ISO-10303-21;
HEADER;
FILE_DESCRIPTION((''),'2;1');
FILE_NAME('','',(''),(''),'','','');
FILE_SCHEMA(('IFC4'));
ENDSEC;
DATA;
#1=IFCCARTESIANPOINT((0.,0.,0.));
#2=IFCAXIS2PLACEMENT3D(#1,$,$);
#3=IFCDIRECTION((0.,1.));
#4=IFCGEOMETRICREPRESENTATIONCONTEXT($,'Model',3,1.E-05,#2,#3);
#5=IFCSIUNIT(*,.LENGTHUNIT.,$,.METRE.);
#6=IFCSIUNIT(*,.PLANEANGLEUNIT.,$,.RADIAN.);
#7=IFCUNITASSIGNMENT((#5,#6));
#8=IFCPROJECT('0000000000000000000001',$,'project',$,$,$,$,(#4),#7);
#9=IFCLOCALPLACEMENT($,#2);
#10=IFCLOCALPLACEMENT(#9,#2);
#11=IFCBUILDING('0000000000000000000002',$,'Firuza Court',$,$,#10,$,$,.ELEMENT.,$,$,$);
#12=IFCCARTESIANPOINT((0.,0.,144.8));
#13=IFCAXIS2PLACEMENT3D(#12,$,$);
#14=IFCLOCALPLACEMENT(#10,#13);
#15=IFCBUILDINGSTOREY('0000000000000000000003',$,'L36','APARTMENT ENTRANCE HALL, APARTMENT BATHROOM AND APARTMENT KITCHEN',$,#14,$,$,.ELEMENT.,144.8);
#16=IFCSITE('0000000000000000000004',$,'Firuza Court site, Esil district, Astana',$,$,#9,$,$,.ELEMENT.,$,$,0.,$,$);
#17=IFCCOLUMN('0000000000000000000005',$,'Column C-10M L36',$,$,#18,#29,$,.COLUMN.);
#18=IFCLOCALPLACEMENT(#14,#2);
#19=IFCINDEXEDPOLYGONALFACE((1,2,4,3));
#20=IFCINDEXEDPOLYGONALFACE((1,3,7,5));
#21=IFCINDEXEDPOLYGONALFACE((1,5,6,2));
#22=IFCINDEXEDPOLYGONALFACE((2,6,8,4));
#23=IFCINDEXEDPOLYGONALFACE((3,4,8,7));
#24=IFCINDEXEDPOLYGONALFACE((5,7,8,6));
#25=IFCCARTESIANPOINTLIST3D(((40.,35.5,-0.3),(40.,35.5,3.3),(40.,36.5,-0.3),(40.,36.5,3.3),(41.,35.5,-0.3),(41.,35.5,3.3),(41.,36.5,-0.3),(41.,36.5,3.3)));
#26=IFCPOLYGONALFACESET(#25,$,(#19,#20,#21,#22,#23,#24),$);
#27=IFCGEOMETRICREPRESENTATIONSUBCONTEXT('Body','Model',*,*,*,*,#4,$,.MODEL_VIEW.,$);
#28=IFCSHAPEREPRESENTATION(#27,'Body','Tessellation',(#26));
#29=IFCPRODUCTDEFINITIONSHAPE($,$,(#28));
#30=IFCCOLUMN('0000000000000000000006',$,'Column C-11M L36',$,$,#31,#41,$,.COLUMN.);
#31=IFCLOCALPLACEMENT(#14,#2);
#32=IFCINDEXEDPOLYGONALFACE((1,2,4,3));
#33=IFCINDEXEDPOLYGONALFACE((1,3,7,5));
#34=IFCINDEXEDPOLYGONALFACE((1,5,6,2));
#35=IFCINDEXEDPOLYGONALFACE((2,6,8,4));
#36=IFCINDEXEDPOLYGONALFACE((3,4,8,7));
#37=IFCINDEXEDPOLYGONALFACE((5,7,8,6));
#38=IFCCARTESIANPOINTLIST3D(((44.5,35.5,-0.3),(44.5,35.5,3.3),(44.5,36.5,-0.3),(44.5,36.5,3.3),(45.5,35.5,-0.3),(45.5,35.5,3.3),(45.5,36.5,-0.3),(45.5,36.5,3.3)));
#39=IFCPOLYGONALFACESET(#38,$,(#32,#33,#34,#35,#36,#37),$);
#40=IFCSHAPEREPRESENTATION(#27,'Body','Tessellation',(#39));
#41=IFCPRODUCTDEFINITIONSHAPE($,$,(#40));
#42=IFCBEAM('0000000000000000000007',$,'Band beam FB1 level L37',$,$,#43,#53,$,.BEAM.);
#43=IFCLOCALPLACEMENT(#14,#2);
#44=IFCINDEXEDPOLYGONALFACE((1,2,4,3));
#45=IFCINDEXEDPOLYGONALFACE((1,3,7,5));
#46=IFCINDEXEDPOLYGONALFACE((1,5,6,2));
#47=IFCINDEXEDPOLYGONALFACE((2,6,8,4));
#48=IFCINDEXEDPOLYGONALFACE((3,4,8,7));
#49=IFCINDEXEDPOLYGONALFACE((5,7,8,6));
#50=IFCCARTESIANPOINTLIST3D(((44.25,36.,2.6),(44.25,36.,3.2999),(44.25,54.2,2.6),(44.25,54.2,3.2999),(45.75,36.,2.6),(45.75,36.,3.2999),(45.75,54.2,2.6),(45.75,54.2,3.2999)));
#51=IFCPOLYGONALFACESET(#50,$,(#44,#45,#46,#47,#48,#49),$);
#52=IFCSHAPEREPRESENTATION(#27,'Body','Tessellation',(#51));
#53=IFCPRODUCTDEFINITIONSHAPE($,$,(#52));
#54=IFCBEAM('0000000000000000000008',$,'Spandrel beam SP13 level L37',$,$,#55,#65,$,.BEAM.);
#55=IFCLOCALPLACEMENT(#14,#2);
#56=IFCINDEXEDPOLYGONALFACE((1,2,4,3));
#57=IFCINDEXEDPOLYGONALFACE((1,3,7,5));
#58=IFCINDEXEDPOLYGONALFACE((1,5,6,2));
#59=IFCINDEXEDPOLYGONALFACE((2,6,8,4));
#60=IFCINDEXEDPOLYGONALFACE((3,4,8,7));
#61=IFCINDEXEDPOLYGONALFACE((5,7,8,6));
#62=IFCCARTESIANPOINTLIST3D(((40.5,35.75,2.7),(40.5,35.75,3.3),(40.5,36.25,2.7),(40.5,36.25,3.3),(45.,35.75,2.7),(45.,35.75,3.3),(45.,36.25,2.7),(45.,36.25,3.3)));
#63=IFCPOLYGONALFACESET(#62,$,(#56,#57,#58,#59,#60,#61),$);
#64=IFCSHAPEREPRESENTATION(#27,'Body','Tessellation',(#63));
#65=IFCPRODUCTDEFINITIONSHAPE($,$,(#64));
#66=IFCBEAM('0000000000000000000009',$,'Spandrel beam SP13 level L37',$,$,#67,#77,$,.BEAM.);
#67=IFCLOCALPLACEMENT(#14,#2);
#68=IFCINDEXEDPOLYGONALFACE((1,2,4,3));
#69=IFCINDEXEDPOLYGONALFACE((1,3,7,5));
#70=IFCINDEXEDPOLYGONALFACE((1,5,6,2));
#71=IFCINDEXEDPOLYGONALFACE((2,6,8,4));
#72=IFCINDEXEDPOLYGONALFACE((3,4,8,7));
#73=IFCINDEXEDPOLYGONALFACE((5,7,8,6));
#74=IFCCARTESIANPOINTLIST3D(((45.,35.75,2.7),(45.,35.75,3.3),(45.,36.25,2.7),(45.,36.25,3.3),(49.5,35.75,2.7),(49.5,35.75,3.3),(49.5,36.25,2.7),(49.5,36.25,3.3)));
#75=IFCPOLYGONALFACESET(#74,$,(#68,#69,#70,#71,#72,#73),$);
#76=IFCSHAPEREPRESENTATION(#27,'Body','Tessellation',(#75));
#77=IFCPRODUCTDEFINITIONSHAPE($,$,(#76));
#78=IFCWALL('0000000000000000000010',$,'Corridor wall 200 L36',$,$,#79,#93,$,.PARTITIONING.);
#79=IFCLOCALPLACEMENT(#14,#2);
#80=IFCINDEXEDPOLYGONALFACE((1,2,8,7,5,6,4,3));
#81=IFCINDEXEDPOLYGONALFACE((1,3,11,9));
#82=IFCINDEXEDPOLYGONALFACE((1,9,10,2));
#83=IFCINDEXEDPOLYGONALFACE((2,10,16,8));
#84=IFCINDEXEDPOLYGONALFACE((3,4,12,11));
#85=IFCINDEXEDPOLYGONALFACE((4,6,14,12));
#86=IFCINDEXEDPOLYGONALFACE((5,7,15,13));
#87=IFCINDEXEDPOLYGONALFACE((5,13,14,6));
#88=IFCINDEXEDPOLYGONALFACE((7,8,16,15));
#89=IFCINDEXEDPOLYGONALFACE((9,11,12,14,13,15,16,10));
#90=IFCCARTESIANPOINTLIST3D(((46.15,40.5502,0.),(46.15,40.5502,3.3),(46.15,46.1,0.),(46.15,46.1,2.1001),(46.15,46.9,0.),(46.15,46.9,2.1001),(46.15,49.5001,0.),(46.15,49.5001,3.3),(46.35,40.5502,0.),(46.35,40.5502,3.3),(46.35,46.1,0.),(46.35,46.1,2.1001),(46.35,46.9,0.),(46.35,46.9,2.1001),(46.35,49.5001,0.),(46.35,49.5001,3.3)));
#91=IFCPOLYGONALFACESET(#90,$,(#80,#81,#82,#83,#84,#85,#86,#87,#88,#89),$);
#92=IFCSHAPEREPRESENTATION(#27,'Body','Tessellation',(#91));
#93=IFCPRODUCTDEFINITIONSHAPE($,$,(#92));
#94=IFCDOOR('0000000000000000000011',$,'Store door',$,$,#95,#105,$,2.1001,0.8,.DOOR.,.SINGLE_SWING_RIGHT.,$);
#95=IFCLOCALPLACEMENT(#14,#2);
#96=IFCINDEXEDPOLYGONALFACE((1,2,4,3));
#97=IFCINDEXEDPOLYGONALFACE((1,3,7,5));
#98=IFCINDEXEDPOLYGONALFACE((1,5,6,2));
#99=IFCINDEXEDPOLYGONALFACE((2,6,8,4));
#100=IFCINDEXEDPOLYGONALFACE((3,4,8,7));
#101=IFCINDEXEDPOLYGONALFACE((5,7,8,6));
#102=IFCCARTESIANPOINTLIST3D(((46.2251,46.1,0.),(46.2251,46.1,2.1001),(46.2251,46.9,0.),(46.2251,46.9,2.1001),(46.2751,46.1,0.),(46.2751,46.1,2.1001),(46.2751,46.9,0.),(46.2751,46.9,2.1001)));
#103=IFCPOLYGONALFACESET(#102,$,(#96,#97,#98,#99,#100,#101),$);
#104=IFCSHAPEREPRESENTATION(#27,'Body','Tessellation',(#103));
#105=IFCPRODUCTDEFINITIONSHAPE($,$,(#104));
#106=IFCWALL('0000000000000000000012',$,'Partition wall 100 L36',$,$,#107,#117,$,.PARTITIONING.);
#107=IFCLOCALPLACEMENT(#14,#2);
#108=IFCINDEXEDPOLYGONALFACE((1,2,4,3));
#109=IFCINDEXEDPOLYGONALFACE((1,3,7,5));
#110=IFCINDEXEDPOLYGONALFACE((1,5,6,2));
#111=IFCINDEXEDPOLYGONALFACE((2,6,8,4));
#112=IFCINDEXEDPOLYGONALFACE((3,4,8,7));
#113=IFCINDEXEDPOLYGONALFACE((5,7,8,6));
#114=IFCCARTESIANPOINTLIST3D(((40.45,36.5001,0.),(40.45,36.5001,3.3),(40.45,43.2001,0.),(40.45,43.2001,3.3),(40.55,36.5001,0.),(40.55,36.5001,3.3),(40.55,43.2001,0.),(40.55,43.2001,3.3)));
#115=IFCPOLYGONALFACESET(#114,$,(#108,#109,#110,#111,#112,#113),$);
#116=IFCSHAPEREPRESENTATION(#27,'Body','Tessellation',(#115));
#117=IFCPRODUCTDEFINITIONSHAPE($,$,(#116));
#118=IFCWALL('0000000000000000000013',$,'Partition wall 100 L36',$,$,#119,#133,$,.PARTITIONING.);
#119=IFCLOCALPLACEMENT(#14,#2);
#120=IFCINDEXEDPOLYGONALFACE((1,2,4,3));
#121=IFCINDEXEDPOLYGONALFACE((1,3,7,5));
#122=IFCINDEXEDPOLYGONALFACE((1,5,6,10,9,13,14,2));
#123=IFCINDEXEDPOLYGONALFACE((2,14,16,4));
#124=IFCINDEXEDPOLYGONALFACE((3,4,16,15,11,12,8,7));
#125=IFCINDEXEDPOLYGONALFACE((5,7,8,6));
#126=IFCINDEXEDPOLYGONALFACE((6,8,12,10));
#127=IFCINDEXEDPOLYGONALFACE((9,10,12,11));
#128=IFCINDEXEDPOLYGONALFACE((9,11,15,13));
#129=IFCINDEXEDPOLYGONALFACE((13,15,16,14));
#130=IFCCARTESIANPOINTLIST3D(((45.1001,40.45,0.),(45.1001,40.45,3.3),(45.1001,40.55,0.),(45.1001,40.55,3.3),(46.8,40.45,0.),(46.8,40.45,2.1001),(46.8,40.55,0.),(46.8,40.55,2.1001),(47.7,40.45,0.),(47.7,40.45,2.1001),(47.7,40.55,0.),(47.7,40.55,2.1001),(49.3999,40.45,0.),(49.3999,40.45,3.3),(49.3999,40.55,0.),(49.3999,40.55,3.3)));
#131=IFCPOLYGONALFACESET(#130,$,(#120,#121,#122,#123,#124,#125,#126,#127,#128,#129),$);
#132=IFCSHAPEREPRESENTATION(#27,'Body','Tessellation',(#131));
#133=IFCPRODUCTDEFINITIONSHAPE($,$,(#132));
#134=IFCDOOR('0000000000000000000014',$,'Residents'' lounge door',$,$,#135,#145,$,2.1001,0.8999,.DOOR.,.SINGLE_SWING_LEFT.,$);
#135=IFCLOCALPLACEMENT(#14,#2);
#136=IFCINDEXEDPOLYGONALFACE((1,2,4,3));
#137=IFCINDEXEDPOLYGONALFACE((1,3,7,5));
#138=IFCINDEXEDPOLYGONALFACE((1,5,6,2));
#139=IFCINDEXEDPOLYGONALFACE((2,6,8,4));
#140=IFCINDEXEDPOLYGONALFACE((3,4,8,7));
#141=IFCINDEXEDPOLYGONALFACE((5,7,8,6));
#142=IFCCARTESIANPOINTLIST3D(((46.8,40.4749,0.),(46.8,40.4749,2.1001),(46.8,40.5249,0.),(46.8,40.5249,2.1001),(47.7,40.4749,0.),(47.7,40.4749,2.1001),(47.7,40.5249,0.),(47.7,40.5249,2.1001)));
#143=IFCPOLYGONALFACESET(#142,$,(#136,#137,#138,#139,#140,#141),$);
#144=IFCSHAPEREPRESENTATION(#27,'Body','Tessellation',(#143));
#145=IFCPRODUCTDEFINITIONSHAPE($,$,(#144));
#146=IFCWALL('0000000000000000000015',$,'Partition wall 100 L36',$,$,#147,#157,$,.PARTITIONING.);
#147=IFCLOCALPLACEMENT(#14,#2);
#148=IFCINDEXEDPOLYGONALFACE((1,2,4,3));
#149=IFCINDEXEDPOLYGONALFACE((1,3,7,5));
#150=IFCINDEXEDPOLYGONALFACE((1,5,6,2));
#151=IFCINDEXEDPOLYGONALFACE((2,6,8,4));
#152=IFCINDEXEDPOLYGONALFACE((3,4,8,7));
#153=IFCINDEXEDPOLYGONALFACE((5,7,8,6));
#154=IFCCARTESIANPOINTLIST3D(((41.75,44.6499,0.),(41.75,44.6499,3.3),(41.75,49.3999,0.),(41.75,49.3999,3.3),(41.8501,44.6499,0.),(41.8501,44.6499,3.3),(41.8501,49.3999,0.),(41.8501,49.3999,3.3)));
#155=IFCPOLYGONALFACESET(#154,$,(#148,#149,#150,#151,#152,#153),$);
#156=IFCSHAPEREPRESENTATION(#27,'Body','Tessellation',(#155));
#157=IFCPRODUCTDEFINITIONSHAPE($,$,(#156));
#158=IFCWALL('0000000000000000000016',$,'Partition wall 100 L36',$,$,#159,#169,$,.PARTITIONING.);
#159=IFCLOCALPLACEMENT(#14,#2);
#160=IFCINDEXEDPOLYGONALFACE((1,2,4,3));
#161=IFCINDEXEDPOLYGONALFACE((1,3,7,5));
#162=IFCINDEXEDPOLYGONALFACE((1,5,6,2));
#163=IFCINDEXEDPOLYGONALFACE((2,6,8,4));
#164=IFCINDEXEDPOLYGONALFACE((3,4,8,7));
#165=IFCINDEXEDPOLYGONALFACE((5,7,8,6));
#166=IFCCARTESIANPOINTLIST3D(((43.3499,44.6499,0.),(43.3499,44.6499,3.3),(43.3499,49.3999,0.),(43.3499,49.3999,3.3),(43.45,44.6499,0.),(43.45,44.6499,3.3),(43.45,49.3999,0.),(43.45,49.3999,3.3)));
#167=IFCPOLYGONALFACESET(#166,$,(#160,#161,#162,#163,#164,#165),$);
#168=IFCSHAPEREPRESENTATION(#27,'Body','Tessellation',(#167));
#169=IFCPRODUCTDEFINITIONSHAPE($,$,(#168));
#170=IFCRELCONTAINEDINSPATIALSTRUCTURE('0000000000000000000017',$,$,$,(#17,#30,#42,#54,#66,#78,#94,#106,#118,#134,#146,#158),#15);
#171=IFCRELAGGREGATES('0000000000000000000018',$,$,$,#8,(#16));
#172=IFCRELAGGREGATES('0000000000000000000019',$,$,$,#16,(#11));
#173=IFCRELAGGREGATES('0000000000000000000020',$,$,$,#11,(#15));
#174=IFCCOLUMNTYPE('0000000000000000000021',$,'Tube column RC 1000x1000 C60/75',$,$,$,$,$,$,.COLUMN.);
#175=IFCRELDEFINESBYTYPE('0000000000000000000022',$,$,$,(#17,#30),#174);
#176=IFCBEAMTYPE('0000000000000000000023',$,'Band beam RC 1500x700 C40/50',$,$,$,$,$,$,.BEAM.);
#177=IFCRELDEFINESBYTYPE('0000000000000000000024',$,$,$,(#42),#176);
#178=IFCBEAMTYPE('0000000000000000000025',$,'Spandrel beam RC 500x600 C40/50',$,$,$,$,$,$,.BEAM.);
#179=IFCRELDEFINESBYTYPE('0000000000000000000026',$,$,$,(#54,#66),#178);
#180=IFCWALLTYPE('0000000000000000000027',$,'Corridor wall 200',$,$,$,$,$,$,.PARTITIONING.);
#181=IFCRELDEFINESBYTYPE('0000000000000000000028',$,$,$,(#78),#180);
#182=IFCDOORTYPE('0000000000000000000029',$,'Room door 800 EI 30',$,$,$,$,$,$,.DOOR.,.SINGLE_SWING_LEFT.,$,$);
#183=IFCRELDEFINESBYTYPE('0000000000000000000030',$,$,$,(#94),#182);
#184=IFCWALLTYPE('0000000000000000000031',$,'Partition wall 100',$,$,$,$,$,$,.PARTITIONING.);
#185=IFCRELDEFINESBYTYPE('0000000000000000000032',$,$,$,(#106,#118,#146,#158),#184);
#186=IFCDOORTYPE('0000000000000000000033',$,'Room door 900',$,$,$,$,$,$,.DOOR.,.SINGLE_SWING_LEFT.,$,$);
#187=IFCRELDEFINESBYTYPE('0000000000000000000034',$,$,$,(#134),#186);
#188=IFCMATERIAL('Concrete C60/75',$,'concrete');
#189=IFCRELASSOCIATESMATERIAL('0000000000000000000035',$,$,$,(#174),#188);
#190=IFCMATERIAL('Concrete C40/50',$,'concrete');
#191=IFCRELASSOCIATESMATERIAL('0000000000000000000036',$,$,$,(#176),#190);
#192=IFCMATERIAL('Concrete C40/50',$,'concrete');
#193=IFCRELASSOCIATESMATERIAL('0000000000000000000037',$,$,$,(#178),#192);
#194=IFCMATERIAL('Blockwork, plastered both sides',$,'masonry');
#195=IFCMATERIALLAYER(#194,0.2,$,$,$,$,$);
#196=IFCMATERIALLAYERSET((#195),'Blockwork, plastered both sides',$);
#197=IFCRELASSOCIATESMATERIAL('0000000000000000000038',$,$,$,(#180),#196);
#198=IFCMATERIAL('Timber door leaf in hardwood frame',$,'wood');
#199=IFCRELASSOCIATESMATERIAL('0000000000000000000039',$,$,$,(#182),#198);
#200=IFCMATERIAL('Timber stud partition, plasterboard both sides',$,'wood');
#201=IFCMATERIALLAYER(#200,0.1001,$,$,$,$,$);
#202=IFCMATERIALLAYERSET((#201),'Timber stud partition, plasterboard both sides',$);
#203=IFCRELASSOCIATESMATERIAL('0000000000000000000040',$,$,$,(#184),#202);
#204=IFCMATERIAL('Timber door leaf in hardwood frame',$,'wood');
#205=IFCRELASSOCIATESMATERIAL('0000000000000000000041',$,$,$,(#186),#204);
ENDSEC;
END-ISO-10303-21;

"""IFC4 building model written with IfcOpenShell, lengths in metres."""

from ifc_helpers import new_model, si_unit, direction, frame, frame_2d, origin, origin_2d, place, context, subcontext, project, spatial, rectangle, extrude, material, layer, layer_set, material_profile, profile_set, type_object, element, fill, save


model = new_model("IFC4")

# Units and contexts
model_context = context("Model", 3, precision=1e-05, world=origin(), true_north=direction((0.0, 1.0)))
body_context = subcontext(model_context, "Body", "Model", "MODEL_VIEW")
ifc_project = project(units=[si_unit("LENGTHUNIT", "METRE"), si_unit("PLANEANGLEUNIT", "RADIAN")], contexts=[model_context])

# Site, building, storey
site_placement = place(None, origin())
site = spatial("IfcSite", under=ifc_project, at=site_placement, Name="Firuza Court site, Esil district, Astana", CompositionType="ELEMENT", RefElevation=0.0)
building_placement = place(site_placement, origin())
building = spatial("IfcBuilding", under=site, at=building_placement, Name="Firuza Court", CompositionType="ELEMENT")
storey_placement = place(building_placement, frame((0.0, 0.0, 144.8)))
storey = spatial("IfcBuildingStorey", under=building, at=storey_placement, Name="L36", Description="APARTMENT ENTRANCE HALL, APARTMENT BATHROOM AND APARTMENT KITCHEN", CompositionType="ELEMENT", Elevation=144.8)

# Columns
ifc_material_1 = material(Name="Concrete C60/75", Category="concrete")
ifc_material_profile_1 = material_profile(ifc_material_1, rectangle(XDim=1.0, YDim=1.0, at=origin_2d()), Name="RC 1000x1000")
ifc_profile_set_1 = profile_set([ifc_material_profile_1], Name="Concrete C60/75")
column_type = type_object("IfcColumnType", Name="Tube column RC 1000x1000 C60/75", PredefinedType="COLUMN", material=ifc_profile_set_1)
for number, where, z_axis, x_axis, name in (
    (1, (40.5, 36.0, -0.3), (0.0, 0.0, 1.0), (1.0, 0.0, 0.0), "Column C-10M L36"),
    (2, (45.0, 36.0, -0.3), (0.0, 0.0, 1.0), (1.0, 0.0, 0.0), "Column C-11M L36"),
):
    element("IfcColumn", number, at=place(storey_placement, frame(where, z_axis=z_axis, x_axis=x_axis)), inside=storey, type_object=column_type, Name=name, PredefinedType="COLUMN", context=body_context, shape_type="SweptSolid", body=[
        extrude(rectangle(XDim=1.0, YDim=1.0, at=origin_2d()), origin(), (0.0, 0.0, 1.0), 3.6001),
    ])

# Beams
ifc_material_2 = material(Name="Concrete C40/50", Category="concrete")
ifc_material_profile_2 = material_profile(ifc_material_2, rectangle(XDim=1.5, YDim=0.7, at=origin_2d()), Name="RC 1500x700")
ifc_profile_set_2 = profile_set([ifc_material_profile_2], Name="Concrete C40/50")
beam_type_1 = type_object("IfcBeamType", Name="Band beam RC 1500x700 C40/50", PredefinedType="BEAM", material=ifc_profile_set_2)
beam_placement = place(storey_placement, frame((45.0, 36.0, 2.95), z_axis=(0.0, 1.0, 0.0), x_axis=(-1.0, 0.0, 0.0)))
element("IfcBeam", 3, at=beam_placement, inside=storey, type_object=beam_type_1, Name="Band beam FB1 level L37", PredefinedType="BEAM", context=body_context, shape_type="SweptSolid", body=[
    extrude(rectangle(XDim=1.5, YDim=0.7, at=origin_2d()), origin(), (0.0, 0.0, 1.0), 18.2),
])
ifc_material_3 = material(Name="Concrete C40/50", Category="concrete")
ifc_material_profile_3 = material_profile(ifc_material_3, rectangle(XDim=0.5, YDim=0.6001, at=origin_2d()), Name="RC 500x600")
ifc_profile_set_3 = profile_set([ifc_material_profile_3], Name="Concrete C40/50")
beam_type_2 = type_object("IfcBeamType", Name="Spandrel beam RC 500x600 C40/50", PredefinedType="BEAM", material=ifc_profile_set_3)
for number, where, z_axis, x_axis, name in (
    (4, (40.5, 36.0, 3.0), (1.0, 0.0, 0.0), (0.0, 1.0, 0.0), "Spandrel beam SP13 level L37"),
    (5, (45.0, 36.0, 3.0), (1.0, 0.0, 0.0), (0.0, 1.0, 0.0), "Spandrel beam SP13 level L37"),
):
    element("IfcBeam", number, at=place(storey_placement, frame(where, z_axis=z_axis, x_axis=x_axis)), inside=storey, type_object=beam_type_2, Name=name, PredefinedType="BEAM", context=body_context, shape_type="SweptSolid", body=[
        extrude(rectangle(XDim=0.5, YDim=0.6001, at=origin_2d()), origin(), (0.0, 0.0, 1.0), 4.5),
    ])

# Wall, opening, door
ifc_material_4 = material(Name="Blockwork, plastered both sides", Category="masonry")
ifc_layer_1 = layer(ifc_material_4, 0.2)
ifc_layer_set_1 = layer_set([ifc_layer_1], Name="Blockwork, plastered both sides")
wall_type_1 = type_object("IfcWallType", Name="Corridor wall 200", PredefinedType="PARTITIONING", material=ifc_layer_set_1)
wall_1_placement = place(storey_placement, frame((46.25, 40.55, 0.0), z_axis=(0.0, 0.0, 1.0), x_axis=(0.0, 1.0, 0.0)))
wall_1 = element("IfcWall", 6, at=wall_1_placement, inside=storey, type_object=wall_type_1, Name="Corridor wall 200 L36", PredefinedType="PARTITIONING", context=body_context, shape_type="SweptSolid", body=[
    extrude(rectangle(XDim=8.95, YDim=0.2, at=frame_2d((4.4751, 0.0))), origin(), (0.0, 0.0, 1.0), 3.3),
])
opening_1_placement = place(wall_1_placement, frame((5.55, 0.0, 0.0)))
opening_1 = element("IfcOpeningElement", 7, at=opening_1_placement, cuts=wall_1, PredefinedType="OPENING", context=body_context, shape_type="SweptSolid", body=[
    extrude(rectangle(XDim=0.8, YDim=2.1001, at=frame_2d((0.3999, 1.05))), frame((0.0, 0.1118, 0.0), z_axis=(0.0, -1.0, 0.0), x_axis=(1.0, 0.0, 0.0)), (0.0, 0.0, 1.0), 0.2239),
])
ifc_material_5 = material(Name="Timber door leaf in hardwood frame", Category="wood")
door_type_1 = type_object("IfcDoorType", Name="Room door 800 EI 30", OperationType="SINGLE_SWING_LEFT", PredefinedType="DOOR", material=ifc_material_5)
door_1_placement = place(opening_1_placement, origin())
door_1 = element("IfcDoor", 8, at=door_1_placement, inside=storey, type_object=door_type_1, Name="Store door", OperationType="SINGLE_SWING_RIGHT", OverallHeight=2.1001, OverallWidth=0.8, PredefinedType="DOOR", context=body_context, shape_type="SweptSolid", body=[
    extrude(rectangle(XDim=0.8, YDim=2.1001, at=frame_2d((0.3999, 1.05))), frame((0.0, 0.0249, 0.0), z_axis=(0.0, -1.0, 0.0), x_axis=(1.0, 0.0, 0.0)), (0.0, 0.0, 1.0), 0.05),
])
fill(opening_1, door_1)

# Wall
ifc_material_6 = material(Name="Timber stud partition, plasterboard both sides", Category="wood")
ifc_layer_2 = layer(ifc_material_6, 0.1001)
ifc_layer_set_2 = layer_set([ifc_layer_2], Name="Timber stud partition, plasterboard both sides")
wall_type_2 = type_object("IfcWallType", Name="Partition wall 100", PredefinedType="PARTITIONING", material=ifc_layer_set_2)
wall_2_placement = place(storey_placement, frame((40.5, 36.5, 0.0), z_axis=(0.0, 0.0, 1.0), x_axis=(0.0, 1.0, 0.0)))
element("IfcWall", 9, at=wall_2_placement, inside=storey, type_object=wall_type_2, Name="Partition wall 100 L36", PredefinedType="PARTITIONING", context=body_context, shape_type="SweptSolid", body=[
    extrude(rectangle(XDim=6.7, YDim=0.1001, at=frame_2d((3.3501, 0.0))), origin(), (0.0, 0.0, 1.0), 3.3),
])

# Wall, opening, door
wall_3_placement = place(storey_placement, frame((45.1001, 40.5, 0.0), z_axis=(0.0, 0.0, 1.0), x_axis=(1.0, 0.0, 0.0)))
wall_3 = element("IfcWall", 10, at=wall_3_placement, inside=storey, type_object=wall_type_2, Name="Partition wall 100 L36", PredefinedType="PARTITIONING", context=body_context, shape_type="SweptSolid", body=[
    extrude(rectangle(XDim=4.2998, YDim=0.1001, at=frame_2d((2.1499, 0.0))), origin(), (0.0, 0.0, 1.0), 3.3),
])
opening_2_placement = place(wall_3_placement, frame((1.7, 0.0, 0.0)))
opening_2 = element("IfcOpeningElement", 11, at=opening_2_placement, cuts=wall_3, PredefinedType="OPENING", context=body_context, shape_type="SweptSolid", body=[
    extrude(rectangle(XDim=0.8999, YDim=2.1001, at=frame_2d((0.45, 1.05))), frame((0.0, 0.062, 0.0), z_axis=(0.0, -1.0, 0.0), x_axis=(1.0, 0.0, 0.0)), (0.0, 0.0, 1.0), 0.124),
])
ifc_material_7 = material(Name="Timber door leaf in hardwood frame", Category="wood")
door_type_2 = type_object("IfcDoorType", Name="Room door 900", OperationType="SINGLE_SWING_LEFT", PredefinedType="DOOR", material=ifc_material_7)
door_2_placement = place(opening_2_placement, origin())
door_2 = element("IfcDoor", 12, at=door_2_placement, inside=storey, type_object=door_type_2, Name="Residents' lounge door", OperationType="SINGLE_SWING_LEFT", OverallHeight=2.1001, OverallWidth=0.8999, PredefinedType="DOOR", context=body_context, shape_type="SweptSolid", body=[
    extrude(rectangle(XDim=0.8999, YDim=2.1001, at=frame_2d((0.45, 1.05))), frame((0.0, 0.0249, 0.0), z_axis=(0.0, -1.0, 0.0), x_axis=(1.0, 0.0, 0.0)), (0.0, 0.0, 1.0), 0.05),
])
fill(opening_2, door_2)

# Walls
for number, where, z_axis, x_axis, name in (
    (13, (41.8, 44.6499, 0.0), (0.0, 0.0, 1.0), (0.0, 1.0, 0.0), "Partition wall 100 L36"),
    (14, (43.3999, 44.6499, 0.0), (0.0, 0.0, 1.0), (0.0, 1.0, 0.0), "Partition wall 100 L36"),
):
    element("IfcWall", number, at=place(storey_placement, frame(where, z_axis=z_axis, x_axis=x_axis)), inside=storey, type_object=wall_type_2, Name=name, PredefinedType="PARTITIONING", context=body_context, shape_type="SweptSolid", body=[
        extrude(rectangle(XDim=4.75, YDim=0.1001, at=frame_2d((2.375, 0.0))), origin(), (0.0, 0.0, 1.0), 3.3),
    ])

save(model, "model.ifc")
